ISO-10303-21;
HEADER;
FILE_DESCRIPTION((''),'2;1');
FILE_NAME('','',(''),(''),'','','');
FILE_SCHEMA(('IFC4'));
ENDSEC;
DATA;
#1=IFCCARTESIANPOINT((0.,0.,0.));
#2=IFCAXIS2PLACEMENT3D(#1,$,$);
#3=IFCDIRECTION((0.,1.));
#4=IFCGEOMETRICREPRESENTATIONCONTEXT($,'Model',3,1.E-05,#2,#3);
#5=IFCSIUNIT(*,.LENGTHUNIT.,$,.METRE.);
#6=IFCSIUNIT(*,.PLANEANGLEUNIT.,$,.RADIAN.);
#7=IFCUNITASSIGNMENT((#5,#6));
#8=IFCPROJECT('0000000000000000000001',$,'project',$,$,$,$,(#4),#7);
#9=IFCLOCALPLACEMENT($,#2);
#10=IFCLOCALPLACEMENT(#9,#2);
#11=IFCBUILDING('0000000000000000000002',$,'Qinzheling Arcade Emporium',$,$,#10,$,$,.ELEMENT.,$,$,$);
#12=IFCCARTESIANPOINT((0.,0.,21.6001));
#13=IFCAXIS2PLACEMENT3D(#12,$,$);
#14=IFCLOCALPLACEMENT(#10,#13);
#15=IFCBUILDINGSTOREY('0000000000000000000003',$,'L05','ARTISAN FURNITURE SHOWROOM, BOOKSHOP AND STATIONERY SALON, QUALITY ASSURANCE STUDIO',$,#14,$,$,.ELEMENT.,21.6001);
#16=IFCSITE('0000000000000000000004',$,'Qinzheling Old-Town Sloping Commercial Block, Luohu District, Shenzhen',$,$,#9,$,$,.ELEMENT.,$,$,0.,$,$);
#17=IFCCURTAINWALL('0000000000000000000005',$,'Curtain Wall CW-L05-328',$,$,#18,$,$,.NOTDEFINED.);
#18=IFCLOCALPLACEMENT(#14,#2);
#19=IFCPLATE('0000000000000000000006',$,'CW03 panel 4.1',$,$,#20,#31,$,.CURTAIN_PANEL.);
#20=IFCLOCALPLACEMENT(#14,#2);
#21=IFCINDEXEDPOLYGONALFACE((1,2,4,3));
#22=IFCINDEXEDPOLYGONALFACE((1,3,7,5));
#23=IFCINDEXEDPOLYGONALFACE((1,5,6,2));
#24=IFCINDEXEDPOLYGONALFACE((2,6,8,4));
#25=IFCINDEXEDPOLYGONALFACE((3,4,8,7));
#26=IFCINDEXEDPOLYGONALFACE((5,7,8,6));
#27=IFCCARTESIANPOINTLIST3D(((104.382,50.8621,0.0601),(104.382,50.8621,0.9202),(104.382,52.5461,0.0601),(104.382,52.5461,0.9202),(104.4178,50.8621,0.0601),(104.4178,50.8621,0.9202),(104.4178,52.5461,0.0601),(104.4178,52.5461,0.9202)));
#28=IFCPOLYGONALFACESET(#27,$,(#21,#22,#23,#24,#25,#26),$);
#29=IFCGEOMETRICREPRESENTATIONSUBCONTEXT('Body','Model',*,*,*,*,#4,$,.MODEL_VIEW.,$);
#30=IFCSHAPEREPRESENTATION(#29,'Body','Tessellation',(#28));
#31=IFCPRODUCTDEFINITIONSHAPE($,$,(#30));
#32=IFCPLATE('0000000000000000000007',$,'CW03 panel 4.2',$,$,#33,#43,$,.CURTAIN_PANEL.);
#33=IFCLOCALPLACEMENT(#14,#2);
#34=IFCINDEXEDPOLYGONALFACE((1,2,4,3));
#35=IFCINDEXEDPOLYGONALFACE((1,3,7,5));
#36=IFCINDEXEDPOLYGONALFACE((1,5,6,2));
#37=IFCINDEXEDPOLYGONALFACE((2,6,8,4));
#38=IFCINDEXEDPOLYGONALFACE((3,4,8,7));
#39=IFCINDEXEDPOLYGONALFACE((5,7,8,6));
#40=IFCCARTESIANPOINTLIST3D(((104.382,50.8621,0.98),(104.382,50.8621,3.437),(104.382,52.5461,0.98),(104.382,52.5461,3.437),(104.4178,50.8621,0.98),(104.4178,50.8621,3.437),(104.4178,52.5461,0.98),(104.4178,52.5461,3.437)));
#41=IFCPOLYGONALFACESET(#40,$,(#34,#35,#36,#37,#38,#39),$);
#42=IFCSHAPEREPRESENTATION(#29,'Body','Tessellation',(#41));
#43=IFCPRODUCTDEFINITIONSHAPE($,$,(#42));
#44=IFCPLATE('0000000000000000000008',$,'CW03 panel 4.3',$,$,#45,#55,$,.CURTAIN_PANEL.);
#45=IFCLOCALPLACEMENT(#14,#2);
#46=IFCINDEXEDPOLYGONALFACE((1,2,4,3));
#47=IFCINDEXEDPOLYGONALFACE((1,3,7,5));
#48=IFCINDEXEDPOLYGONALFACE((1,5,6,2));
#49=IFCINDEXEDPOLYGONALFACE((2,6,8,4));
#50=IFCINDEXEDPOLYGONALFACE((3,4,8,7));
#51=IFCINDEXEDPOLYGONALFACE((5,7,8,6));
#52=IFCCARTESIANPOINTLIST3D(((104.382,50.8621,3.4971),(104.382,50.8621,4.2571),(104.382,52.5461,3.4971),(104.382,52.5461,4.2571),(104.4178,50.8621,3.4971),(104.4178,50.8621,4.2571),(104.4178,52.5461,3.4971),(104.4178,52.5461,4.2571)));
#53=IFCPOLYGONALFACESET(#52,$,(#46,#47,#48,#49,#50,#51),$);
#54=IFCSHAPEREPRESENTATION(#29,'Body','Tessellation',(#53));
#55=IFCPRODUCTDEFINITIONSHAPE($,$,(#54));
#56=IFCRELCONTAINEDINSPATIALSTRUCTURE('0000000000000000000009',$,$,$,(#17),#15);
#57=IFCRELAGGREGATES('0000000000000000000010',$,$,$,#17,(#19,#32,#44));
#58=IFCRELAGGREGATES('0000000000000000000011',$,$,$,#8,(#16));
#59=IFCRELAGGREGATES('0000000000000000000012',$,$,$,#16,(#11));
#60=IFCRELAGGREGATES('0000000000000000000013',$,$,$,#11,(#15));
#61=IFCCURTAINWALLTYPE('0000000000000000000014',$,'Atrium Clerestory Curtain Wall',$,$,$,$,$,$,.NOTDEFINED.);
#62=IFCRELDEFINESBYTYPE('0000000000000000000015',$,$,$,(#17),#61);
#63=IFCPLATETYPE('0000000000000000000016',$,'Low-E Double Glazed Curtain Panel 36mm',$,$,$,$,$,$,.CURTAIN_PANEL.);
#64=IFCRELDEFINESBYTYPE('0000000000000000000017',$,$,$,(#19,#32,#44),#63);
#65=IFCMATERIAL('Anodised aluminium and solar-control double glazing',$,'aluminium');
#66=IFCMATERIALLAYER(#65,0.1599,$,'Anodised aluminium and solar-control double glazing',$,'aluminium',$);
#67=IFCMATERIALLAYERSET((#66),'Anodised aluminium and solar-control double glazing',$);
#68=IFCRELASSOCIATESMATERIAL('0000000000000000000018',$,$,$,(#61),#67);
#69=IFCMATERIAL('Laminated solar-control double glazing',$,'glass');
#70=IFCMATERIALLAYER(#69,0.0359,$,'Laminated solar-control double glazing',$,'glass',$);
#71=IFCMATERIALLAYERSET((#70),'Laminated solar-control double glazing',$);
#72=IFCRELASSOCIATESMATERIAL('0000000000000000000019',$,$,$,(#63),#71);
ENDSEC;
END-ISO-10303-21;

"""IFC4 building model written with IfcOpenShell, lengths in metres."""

from ifc_helpers import new_model, si_unit, direction, frame, origin, origin_2d, place, context, subcontext, project, spatial, rectangle, extrude, material, layer, layer_set, type_object, element, aggregate, save


model = new_model("IFC4")

# Units and contexts
model_context = context("Model", 3, precision=1e-05, world=origin(), true_north=direction((0.0, 1.0)))
body_context = subcontext(model_context, "Body", "Model", "MODEL_VIEW")
ifc_project = project(units=[si_unit("LENGTHUNIT", "METRE"), si_unit("PLANEANGLEUNIT", "RADIAN")], contexts=[model_context])

# Site, building, storey
site_placement = place(None, origin())
site = spatial("IfcSite", under=ifc_project, at=site_placement, Name="Qinzheling Old-Town Sloping Commercial Block, Luohu District, Shenzhen", CompositionType="ELEMENT", RefElevation=0.0)
building_placement = place(site_placement, origin())
building = spatial("IfcBuilding", under=site, at=building_placement, Name="Qinzheling Arcade Emporium", CompositionType="ELEMENT")
storey_placement = place(building_placement, frame((0.0, 0.0, 21.6001)))
storey = spatial("IfcBuildingStorey", under=building, at=storey_placement, Name="L05", Description="ARTISAN FURNITURE SHOWROOM, BOOKSHOP AND STATIONERY SALON, QUALITY ASSURANCE STUDIO", CompositionType="ELEMENT", Elevation=21.6001)

# Curtain wall, plates
ifc_material_1 = material(Name="Anodised aluminium and solar-control double glazing", Category="aluminium")
ifc_layer_1 = layer(ifc_material_1, 0.1599, Name="Anodised aluminium and solar-control double glazing", Category="aluminium")
ifc_layer_set_1 = layer_set([ifc_layer_1], Name="Anodised aluminium and solar-control double glazing")
curtain_wall_type = type_object("IfcCurtainWallType", Name="Atrium Clerestory Curtain Wall", PredefinedType="NOTDEFINED", material=ifc_layer_set_1)
curtain_wall_placement = place(storey_placement, origin())
curtain_wall = element("IfcCurtainWall", 1, at=curtain_wall_placement, inside=storey, type_object=curtain_wall_type, Name="Curtain Wall CW-L05-328", PredefinedType="NOTDEFINED")
ifc_material_2 = material(Name="Laminated solar-control double glazing", Category="glass")
ifc_layer_2 = layer(ifc_material_2, 0.0359, Name="Laminated solar-control double glazing", Category="glass")
ifc_layer_set_2 = layer_set([ifc_layer_2], Name="Laminated solar-control double glazing")
plate_type = type_object("IfcPlateType", Name="Low-E Double Glazed Curtain Panel 36mm", PredefinedType="CURTAIN_PANEL", material=ifc_layer_set_2)
plate_1_placement = place(storey_placement, frame((104.3999, 51.7041, 0.0601), z_axis=(0.0, 0.0, 1.0), x_axis=(0.0, -1.0, 0.0)))
plate_1 = element("IfcPlate", 2, at=plate_1_placement, type_object=plate_type, Name="CW03 panel 4.1", PredefinedType="CURTAIN_PANEL", context=body_context, shape_type="SweptSolid", body=[
    extrude(rectangle(XDim=1.6841, YDim=0.0359, at=origin_2d()), origin(), (0.0, 0.0, 1.0), 0.8601),
])
plate_2_placement = place(storey_placement, frame((104.3999, 51.7041, 0.98), z_axis=(0.0, 0.0, 1.0), x_axis=(0.0, -1.0, 0.0)))
plate_2 = element("IfcPlate", 3, at=plate_2_placement, type_object=plate_type, Name="CW03 panel 4.2", PredefinedType="CURTAIN_PANEL", context=body_context, shape_type="SweptSolid", body=[
    extrude(rectangle(XDim=1.6841, YDim=0.0359, at=origin_2d()), origin(), (0.0, 0.0, 1.0), 2.457),
])
plate_3_placement = place(storey_placement, frame((104.3999, 51.7041, 3.4971), z_axis=(0.0, 0.0, 1.0), x_axis=(0.0, -1.0, 0.0)))
plate_3 = element("IfcPlate", 4, at=plate_3_placement, type_object=plate_type, Name="CW03 panel 4.3", PredefinedType="CURTAIN_PANEL", context=body_context, shape_type="SweptSolid", body=[
    extrude(rectangle(XDim=1.6841, YDim=0.0359, at=origin_2d()), origin(), (0.0, 0.0, 1.0), 0.76),
])
aggregate(curtain_wall, [plate_1, plate_2, plate_3])

save(model, "model.ifc")
